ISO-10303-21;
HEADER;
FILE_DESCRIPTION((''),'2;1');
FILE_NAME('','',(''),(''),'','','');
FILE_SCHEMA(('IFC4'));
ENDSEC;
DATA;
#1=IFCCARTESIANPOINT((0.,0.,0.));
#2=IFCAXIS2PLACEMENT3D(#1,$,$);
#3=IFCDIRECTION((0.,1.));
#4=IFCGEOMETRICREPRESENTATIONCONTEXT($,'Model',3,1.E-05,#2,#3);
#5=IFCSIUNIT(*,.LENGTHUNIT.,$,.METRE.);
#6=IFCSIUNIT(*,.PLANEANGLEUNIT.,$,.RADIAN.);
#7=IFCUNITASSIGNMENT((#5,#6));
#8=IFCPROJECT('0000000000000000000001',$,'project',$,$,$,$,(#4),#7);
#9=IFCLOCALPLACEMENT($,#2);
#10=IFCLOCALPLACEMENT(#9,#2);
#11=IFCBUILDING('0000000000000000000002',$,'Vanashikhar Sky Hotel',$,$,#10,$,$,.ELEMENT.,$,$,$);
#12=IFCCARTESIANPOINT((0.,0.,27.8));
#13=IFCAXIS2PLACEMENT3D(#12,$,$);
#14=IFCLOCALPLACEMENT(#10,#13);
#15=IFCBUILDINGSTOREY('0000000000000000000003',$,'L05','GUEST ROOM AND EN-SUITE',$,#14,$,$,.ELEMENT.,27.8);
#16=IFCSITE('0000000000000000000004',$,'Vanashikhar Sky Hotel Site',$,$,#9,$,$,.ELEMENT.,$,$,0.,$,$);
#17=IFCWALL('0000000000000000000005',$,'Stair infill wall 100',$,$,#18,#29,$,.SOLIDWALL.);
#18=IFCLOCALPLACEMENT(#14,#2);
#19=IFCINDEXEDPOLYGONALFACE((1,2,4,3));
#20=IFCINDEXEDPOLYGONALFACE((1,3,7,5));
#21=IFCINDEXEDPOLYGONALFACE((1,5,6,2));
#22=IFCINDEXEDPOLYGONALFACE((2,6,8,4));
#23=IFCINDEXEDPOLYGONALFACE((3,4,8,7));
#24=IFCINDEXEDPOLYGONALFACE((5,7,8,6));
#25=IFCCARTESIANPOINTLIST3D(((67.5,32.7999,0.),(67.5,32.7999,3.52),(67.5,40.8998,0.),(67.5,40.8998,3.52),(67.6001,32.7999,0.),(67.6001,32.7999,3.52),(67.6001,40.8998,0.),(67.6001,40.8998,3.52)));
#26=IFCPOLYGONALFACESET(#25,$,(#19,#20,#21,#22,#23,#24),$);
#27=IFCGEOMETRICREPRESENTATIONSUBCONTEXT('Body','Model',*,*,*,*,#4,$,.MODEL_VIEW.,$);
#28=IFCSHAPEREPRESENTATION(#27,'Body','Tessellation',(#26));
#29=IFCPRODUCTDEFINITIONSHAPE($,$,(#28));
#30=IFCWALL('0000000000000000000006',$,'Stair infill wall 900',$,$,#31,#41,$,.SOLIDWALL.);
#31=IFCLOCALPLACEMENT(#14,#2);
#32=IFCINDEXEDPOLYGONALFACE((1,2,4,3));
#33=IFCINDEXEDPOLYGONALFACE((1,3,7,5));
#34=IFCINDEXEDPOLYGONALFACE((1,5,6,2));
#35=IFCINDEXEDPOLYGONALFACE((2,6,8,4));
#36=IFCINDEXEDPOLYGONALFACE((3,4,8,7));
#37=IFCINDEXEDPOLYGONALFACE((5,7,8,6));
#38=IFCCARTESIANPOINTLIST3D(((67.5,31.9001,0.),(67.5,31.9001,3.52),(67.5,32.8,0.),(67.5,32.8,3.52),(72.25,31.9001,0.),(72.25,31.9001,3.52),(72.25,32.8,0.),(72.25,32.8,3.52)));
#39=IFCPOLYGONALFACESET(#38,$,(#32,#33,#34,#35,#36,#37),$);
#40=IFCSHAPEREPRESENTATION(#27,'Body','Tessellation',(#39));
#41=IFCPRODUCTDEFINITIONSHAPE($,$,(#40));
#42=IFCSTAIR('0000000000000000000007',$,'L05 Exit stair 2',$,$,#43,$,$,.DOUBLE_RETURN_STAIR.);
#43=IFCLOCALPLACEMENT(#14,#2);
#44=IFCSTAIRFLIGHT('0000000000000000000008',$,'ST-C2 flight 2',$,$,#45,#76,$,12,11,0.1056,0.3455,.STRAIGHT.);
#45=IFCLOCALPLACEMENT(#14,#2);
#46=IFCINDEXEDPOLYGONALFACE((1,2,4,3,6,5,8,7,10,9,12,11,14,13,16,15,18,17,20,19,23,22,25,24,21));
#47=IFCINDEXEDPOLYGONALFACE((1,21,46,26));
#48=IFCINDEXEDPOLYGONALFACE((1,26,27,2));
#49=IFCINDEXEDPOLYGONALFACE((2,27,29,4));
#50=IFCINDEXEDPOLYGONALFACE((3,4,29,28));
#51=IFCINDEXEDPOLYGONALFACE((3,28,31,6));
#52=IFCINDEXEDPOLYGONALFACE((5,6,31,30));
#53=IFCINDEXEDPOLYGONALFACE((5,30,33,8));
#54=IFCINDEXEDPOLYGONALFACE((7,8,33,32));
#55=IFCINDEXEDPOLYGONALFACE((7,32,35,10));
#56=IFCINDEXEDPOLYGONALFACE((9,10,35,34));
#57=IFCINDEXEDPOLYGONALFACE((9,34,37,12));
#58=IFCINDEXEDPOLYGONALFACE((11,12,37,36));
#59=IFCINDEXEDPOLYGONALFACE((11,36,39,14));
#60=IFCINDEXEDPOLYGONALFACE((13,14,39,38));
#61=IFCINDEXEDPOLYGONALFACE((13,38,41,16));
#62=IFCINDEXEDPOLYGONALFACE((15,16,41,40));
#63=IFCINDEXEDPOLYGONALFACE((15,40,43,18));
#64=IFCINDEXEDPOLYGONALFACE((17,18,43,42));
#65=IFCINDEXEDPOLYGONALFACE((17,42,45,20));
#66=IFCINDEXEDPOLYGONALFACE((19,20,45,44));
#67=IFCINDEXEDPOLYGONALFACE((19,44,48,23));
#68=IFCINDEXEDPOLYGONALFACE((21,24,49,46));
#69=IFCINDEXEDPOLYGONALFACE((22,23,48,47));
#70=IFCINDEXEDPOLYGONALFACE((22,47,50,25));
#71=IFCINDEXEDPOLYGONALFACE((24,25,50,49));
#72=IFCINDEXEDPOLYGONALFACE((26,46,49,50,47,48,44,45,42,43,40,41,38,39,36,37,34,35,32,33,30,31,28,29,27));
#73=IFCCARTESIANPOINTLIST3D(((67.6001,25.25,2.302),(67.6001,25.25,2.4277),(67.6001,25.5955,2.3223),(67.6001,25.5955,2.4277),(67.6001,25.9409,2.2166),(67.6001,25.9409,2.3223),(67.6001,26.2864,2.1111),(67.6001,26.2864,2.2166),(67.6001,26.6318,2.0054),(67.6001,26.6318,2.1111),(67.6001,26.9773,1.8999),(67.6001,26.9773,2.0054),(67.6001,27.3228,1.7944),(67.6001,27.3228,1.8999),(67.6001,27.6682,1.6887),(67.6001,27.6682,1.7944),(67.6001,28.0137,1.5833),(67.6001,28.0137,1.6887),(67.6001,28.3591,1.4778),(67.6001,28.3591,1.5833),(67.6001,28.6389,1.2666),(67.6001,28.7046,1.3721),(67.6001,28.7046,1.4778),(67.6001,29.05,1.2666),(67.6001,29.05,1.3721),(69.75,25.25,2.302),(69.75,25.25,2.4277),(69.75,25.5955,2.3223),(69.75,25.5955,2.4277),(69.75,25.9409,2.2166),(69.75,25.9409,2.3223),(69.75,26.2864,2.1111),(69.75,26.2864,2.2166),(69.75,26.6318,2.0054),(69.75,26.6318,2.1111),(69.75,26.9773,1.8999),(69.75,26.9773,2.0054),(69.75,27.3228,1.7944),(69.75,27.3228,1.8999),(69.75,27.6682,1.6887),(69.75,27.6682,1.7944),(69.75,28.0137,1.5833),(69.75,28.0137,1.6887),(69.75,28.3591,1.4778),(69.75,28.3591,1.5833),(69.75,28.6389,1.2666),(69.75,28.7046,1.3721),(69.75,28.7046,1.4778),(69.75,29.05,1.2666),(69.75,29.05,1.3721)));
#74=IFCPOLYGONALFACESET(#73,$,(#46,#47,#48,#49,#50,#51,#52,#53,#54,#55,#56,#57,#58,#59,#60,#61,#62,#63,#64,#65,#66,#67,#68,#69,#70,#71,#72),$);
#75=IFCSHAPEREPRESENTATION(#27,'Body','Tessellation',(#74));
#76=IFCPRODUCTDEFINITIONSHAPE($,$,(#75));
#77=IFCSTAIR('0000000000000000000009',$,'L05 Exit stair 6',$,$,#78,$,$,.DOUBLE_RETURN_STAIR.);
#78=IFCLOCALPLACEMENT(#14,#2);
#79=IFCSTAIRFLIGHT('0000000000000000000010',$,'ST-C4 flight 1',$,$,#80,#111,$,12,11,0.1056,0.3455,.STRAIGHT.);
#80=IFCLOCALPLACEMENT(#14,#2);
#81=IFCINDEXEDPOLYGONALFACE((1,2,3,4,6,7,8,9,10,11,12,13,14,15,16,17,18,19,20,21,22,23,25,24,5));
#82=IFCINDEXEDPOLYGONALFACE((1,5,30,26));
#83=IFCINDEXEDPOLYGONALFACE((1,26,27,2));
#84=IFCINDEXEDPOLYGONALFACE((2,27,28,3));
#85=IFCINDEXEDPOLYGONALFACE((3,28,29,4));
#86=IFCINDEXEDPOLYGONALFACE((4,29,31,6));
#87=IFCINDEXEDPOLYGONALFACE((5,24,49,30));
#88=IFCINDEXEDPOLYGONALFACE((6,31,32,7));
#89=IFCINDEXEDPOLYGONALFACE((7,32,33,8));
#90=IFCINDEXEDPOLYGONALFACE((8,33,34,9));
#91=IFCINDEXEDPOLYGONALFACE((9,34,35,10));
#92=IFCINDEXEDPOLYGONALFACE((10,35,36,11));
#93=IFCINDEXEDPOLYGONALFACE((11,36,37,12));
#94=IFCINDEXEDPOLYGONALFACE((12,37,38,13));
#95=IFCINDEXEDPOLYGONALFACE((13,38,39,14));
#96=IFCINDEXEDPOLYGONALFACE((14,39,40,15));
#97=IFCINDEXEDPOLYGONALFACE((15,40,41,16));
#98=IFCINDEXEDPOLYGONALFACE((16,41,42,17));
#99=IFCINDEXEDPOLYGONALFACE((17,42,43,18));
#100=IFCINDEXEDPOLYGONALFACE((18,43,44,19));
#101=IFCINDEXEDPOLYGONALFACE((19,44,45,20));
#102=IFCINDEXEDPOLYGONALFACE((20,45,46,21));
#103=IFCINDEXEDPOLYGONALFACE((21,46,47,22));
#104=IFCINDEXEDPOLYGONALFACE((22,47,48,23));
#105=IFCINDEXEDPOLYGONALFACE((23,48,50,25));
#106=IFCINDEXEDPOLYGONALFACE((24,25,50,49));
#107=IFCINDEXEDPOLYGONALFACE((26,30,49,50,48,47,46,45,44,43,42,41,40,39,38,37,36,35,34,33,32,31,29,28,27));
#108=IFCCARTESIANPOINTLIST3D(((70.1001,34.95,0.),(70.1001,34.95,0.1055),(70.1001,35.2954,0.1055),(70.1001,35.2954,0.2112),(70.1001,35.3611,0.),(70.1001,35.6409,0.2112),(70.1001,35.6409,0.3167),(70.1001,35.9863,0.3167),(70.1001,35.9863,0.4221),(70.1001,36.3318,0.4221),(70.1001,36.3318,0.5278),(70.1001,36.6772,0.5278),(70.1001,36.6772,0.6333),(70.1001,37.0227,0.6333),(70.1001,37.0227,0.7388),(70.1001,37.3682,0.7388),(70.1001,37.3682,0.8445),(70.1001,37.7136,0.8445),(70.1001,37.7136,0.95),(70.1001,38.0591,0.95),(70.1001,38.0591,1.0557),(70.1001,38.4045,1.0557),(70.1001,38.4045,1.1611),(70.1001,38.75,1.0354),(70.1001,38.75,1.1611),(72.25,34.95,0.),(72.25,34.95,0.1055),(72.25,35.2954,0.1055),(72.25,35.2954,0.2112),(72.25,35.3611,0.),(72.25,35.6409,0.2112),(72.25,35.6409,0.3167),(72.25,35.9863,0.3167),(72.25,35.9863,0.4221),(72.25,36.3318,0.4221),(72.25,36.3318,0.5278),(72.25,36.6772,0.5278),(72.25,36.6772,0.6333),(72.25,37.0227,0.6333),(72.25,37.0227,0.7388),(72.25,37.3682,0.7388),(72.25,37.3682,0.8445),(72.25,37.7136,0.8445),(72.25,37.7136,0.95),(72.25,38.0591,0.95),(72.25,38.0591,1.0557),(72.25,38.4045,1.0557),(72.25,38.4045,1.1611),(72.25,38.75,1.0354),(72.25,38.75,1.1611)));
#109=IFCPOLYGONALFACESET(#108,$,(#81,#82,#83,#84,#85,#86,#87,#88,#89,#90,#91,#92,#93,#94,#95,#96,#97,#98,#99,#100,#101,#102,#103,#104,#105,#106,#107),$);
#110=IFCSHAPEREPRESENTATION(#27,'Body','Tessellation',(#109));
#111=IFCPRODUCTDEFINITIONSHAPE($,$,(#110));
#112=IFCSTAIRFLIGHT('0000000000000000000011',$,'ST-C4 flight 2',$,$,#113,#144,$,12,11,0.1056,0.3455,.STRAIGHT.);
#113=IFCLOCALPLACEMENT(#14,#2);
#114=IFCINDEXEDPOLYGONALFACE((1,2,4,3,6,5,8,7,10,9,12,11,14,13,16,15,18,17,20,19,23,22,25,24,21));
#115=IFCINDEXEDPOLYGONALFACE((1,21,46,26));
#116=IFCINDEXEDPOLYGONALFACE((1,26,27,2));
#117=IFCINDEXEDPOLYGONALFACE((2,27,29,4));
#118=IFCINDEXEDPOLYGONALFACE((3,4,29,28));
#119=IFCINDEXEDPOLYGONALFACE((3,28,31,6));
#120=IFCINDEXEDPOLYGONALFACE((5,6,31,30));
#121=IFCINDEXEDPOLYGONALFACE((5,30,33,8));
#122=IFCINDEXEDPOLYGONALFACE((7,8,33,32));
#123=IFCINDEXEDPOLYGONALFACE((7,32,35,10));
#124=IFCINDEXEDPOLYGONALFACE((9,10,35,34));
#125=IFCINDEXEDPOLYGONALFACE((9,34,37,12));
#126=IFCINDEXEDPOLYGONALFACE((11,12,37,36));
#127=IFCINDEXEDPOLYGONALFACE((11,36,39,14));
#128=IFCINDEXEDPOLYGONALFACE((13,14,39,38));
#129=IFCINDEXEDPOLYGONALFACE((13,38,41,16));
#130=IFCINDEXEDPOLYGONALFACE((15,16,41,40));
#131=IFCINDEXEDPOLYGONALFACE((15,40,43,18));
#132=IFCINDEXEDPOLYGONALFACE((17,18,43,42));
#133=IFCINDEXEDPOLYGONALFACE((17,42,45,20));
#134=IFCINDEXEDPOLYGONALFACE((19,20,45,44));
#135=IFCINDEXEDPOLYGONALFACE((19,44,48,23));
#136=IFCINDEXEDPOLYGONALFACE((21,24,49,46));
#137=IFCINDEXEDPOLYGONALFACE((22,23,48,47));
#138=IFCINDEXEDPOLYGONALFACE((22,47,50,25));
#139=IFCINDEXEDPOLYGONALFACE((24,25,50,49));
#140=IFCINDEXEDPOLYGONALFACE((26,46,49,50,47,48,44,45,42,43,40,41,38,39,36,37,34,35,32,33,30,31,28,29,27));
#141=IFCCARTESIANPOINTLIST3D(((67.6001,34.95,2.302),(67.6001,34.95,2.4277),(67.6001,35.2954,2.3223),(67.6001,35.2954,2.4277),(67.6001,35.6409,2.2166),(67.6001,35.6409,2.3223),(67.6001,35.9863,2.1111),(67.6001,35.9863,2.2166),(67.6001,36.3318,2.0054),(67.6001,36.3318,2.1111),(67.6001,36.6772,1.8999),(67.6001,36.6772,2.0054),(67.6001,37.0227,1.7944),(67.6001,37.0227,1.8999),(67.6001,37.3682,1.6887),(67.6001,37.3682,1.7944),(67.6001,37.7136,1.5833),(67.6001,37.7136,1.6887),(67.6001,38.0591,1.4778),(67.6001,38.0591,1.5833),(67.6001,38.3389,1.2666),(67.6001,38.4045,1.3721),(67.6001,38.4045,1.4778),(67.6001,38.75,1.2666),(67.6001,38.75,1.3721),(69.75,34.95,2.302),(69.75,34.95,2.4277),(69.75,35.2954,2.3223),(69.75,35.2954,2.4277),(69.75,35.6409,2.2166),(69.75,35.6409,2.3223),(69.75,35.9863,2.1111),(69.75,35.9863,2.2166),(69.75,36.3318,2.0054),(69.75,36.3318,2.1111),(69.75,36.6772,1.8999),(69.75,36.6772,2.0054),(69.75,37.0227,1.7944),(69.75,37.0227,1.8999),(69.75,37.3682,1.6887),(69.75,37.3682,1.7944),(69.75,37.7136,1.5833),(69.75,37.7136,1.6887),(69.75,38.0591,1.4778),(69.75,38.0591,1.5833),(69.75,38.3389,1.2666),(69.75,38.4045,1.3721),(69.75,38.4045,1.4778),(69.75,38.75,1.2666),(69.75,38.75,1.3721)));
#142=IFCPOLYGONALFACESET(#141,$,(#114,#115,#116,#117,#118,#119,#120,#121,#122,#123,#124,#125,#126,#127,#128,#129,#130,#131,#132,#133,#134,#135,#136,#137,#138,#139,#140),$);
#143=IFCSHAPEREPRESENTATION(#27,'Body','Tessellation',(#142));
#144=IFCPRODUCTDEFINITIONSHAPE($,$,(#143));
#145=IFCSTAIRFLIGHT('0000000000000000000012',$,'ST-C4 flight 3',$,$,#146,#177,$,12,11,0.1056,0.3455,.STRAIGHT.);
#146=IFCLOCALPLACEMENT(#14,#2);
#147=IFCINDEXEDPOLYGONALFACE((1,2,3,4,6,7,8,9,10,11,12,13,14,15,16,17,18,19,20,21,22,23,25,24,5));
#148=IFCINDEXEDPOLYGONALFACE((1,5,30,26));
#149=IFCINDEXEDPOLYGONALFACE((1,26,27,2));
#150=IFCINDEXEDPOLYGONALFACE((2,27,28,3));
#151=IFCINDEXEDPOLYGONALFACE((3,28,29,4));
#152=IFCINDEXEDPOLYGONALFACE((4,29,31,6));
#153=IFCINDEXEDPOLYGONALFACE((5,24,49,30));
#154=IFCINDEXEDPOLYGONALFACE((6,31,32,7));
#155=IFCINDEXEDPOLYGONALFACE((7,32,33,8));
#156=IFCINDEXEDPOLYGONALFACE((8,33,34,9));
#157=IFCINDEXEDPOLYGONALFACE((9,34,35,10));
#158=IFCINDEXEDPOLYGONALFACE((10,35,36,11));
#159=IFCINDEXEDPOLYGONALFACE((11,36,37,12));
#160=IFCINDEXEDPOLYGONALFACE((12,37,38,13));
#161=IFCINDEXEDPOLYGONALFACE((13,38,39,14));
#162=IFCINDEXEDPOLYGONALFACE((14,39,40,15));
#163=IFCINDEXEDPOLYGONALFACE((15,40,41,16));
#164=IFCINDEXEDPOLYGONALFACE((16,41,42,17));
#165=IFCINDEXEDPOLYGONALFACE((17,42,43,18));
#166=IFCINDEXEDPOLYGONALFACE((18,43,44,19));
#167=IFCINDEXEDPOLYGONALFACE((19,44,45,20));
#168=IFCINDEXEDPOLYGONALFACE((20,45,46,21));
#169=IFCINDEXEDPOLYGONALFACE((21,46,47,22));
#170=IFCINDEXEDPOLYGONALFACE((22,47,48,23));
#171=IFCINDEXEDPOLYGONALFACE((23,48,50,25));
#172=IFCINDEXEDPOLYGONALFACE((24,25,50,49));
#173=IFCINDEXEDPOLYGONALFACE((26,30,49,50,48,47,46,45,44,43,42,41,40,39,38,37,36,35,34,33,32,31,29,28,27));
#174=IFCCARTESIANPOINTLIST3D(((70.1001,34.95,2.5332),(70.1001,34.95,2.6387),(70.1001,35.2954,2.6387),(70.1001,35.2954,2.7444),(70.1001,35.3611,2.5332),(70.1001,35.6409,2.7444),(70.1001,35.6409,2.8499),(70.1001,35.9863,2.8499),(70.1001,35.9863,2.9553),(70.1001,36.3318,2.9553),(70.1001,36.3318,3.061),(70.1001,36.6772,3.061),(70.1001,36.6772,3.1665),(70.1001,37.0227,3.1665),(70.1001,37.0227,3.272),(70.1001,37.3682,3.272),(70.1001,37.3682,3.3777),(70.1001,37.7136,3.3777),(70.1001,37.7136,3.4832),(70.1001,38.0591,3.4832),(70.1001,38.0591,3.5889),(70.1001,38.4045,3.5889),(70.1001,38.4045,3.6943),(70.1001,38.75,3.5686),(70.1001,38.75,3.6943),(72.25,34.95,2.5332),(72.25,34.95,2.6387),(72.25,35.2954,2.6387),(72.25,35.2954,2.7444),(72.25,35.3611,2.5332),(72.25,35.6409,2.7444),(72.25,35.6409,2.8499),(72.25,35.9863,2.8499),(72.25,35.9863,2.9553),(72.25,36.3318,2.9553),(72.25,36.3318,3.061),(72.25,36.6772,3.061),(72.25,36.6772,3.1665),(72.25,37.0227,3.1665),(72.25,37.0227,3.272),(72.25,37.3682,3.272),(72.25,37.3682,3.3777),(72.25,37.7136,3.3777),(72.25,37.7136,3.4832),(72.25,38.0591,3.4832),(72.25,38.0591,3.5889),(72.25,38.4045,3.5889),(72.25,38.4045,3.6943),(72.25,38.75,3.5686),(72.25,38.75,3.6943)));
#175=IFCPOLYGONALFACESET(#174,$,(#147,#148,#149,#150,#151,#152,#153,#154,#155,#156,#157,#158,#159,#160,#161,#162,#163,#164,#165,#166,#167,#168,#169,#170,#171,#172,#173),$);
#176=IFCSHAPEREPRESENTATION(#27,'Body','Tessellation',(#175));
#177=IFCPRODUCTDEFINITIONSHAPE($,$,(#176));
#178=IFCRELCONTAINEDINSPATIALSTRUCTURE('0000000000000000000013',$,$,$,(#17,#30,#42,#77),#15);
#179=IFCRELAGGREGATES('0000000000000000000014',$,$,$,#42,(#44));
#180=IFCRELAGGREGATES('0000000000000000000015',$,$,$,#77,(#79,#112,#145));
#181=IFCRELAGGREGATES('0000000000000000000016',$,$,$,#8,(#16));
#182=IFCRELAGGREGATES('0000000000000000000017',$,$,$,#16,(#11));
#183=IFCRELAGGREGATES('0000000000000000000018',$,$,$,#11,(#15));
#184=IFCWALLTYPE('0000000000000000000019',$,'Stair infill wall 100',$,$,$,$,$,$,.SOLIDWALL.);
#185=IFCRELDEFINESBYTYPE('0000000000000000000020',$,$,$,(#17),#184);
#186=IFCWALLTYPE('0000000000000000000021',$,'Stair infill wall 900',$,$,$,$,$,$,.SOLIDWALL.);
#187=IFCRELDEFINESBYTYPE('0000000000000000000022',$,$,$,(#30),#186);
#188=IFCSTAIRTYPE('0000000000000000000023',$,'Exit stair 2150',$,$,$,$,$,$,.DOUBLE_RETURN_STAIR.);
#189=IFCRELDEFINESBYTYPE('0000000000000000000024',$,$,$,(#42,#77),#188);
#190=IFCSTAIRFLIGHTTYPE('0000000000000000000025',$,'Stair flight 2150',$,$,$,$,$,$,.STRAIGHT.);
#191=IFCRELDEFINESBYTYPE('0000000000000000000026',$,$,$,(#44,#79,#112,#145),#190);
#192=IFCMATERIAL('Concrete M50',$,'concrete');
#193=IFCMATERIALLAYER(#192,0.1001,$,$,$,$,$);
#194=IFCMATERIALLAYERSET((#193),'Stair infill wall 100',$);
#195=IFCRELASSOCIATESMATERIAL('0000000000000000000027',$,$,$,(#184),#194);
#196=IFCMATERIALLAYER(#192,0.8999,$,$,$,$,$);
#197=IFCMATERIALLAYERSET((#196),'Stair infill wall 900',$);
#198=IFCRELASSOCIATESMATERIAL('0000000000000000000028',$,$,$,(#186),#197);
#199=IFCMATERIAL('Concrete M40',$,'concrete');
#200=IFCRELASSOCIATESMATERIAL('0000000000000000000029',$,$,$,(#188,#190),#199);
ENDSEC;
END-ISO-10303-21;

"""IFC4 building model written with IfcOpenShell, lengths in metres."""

from ifc_helpers import new_model, si_unit, direction, frame, frame_2d, origin, place, context, subcontext, project, spatial, polyline, rectangle, outline, extrude, source, transform, mapped, material, layer, layer_set, type_object, element, aggregate, save


model = new_model("IFC4")

# Units and contexts
model_context = context("Model", 3, precision=1e-05, world=origin(), true_north=direction((0.0, 1.0)))
body_context = subcontext(model_context, "Body", "Model", "MODEL_VIEW")
ifc_project = project(units=[si_unit("LENGTHUNIT", "METRE"), si_unit("PLANEANGLEUNIT", "RADIAN")], contexts=[model_context])

# Site, building, storey
site_placement = place(None, origin())
site = spatial("IfcSite", under=ifc_project, at=site_placement, Name="Vanashikhar Sky Hotel Site", CompositionType="ELEMENT", RefElevation=0.0)
building_placement = place(site_placement, origin())
building = spatial("IfcBuilding", under=site, at=building_placement, Name="Vanashikhar Sky Hotel", CompositionType="ELEMENT")
storey_placement = place(building_placement, frame((0.0, 0.0, 27.8)))
storey = spatial("IfcBuildingStorey", under=building, at=storey_placement, Name="L05", Description="GUEST ROOM AND EN-SUITE", CompositionType="ELEMENT", Elevation=27.8)

# Walls
ifc_material_1 = material(Name="Concrete M50", Category="concrete")
ifc_layer_1 = layer(ifc_material_1, 0.1001)
ifc_layer_set_1 = layer_set([ifc_layer_1], Name="Stair infill wall 100")
wall_type_1 = type_object("IfcWallType", Name="Stair infill wall 100", PredefinedType="SOLIDWALL", material=ifc_layer_set_1)
shared_shape_1 = source(origin(), body_context, "Body", "SweptSolid", [
    extrude(rectangle(XDim=8.0999, YDim=0.1001, at=frame_2d((4.0498, 0.0))), origin(), (0.0, 0.0, 1.0), 3.52),
])
wall_1_placement = place(storey_placement, frame((67.55, 32.8, 0.0), z_axis=(0.0, 0.0, 1.0), x_axis=(0.0, 1.0, 0.0)))
element("IfcWall", 1, at=wall_1_placement, inside=storey, type_object=wall_type_1, Name="Stair infill wall 100", PredefinedType="SOLIDWALL", context=body_context, shape_type="MappedRepresentation", body=[
    mapped(shared_shape_1, transform((0.0, 0.0, 0.0), scale=1.0)),
])
ifc_layer_2 = layer(ifc_material_1, 0.8999)
ifc_layer_set_2 = layer_set([ifc_layer_2], Name="Stair infill wall 900")
wall_type_2 = type_object("IfcWallType", Name="Stair infill wall 900", PredefinedType="SOLIDWALL", material=ifc_layer_set_2)
shared_shape_2 = source(origin(), body_context, "Body", "SweptSolid", [
    extrude(rectangle(XDim=4.75, YDim=0.8999, at=frame_2d((2.375, 0.0))), origin(), (0.0, 0.0, 1.0), 3.52),
])
wall_2_placement = place(storey_placement, frame((67.5, 32.3501, 0.0), z_axis=(0.0, 0.0, 1.0), x_axis=(1.0, 0.0, 0.0)))
element("IfcWall", 2, at=wall_2_placement, inside=storey, type_object=wall_type_2, Name="Stair infill wall 900", PredefinedType="SOLIDWALL", context=body_context, shape_type="MappedRepresentation", body=[
    mapped(shared_shape_2, transform((0.0, 0.0, 0.0), scale=1.0)),
])

# Stair, stair flight
ifc_material_2 = material(Name="Concrete M40", Category="concrete")
stair_type = type_object("IfcStairType", Name="Exit stair 2150", PredefinedType="DOUBLE_RETURN_STAIR", material=ifc_material_2)
stair_1_placement = place(storey_placement, origin())
stair_1 = element("IfcStair", 3, at=stair_1_placement, inside=storey, type_object=stair_type, Name="L05 Exit stair 2", PredefinedType="DOUBLE_RETURN_STAIR")
stair_flight_type = type_object("IfcStairFlightType", Name="Stair flight 2150", PredefinedType="STRAIGHT", material=ifc_material_2)
shared_shape_3 = source(origin(), body_context, "Body", "SweptSolid", [
    extrude(outline(polyline([(0.0, 0.0), (0.0, 0.1055), (0.3455, 0.1055), (0.3455, 0.2112), (0.6909, 0.2112), (0.6909, 0.3167), (1.0364, 0.3167), (1.0364, 0.4221), (1.3818, 0.4221), (1.3818, 0.5278), (1.7273, 0.5278), (1.7273, 0.6333), (2.0728, 0.6333), (2.0728, 0.7388), (2.4182, 0.7388), (2.4182, 0.8445), (2.7637, 0.8445), (2.7637, 0.95), (3.1091, 0.95), (3.1091, 1.0557), (3.4546, 1.0557), (3.4546, 1.1611), (3.8, 1.1611), (3.8, 1.2666), (3.8, 1.0354), (0.4111, 0.0), (0.0, 0.0)])), frame((0.0, 1.075, 0.0), z_axis=(0.0, -1.0, 0.0), x_axis=(1.0, 0.0, 0.0)), (0.0, 0.0, 1.0), 2.1499),
])
stair_flight_1_placement = place(storey_placement, frame((68.675, 29.05, 1.2666), z_axis=(0.0, 0.0, 1.0), x_axis=(0.0, -1.0, 0.0)))
stair_flight_1 = element("IfcStairFlight", 4, at=stair_flight_1_placement, type_object=stair_flight_type, Name="ST-C2 flight 2", NumberOfRisers=12, NumberOfTreads=11, PredefinedType="STRAIGHT", RiserHeight=0.1056, TreadLength=0.3455, context=body_context, shape_type="MappedRepresentation", body=[
    mapped(shared_shape_3, transform((0.0, 0.0, 0.0), scale=1.0)),
])
aggregate(stair_1, [stair_flight_1])

# Stair, stair flights
stair_2_placement = place(storey_placement, origin())
stair_2 = element("IfcStair", 5, at=stair_2_placement, inside=storey, type_object=stair_type, Name="L05 Exit stair 6", PredefinedType="DOUBLE_RETURN_STAIR")
stair_flight_2_placement = place(storey_placement, frame((71.175, 34.95, 0.0), z_axis=(0.0, 0.0, 1.0), x_axis=(0.0, 1.0, 0.0)))
stair_flight_2 = element("IfcStairFlight", 6, at=stair_flight_2_placement, type_object=stair_flight_type, Name="ST-C4 flight 1", NumberOfRisers=12, NumberOfTreads=11, PredefinedType="STRAIGHT", RiserHeight=0.1056, TreadLength=0.3455, context=body_context, shape_type="MappedRepresentation", body=[
    mapped(shared_shape_3, transform((0.0, 0.0, 0.0), scale=1.0)),
])
stair_flight_3_placement = place(storey_placement, frame((68.675, 38.75, 1.2666), z_axis=(0.0, 0.0, 1.0), x_axis=(0.0, -1.0, 0.0)))
stair_flight_3 = element("IfcStairFlight", 7, at=stair_flight_3_placement, type_object=stair_flight_type, Name="ST-C4 flight 2", NumberOfRisers=12, NumberOfTreads=11, PredefinedType="STRAIGHT", RiserHeight=0.1056, TreadLength=0.3455, context=body_context, shape_type="MappedRepresentation", body=[
    mapped(shared_shape_3, transform((0.0, 0.0, 0.0), scale=1.0)),
])
stair_flight_4_placement = place(storey_placement, frame((71.175, 34.95, 2.5332), z_axis=(0.0, 0.0, 1.0), x_axis=(0.0, 1.0, 0.0)))
stair_flight_4 = element("IfcStairFlight", 8, at=stair_flight_4_placement, type_object=stair_flight_type, Name="ST-C4 flight 3", NumberOfRisers=12, NumberOfTreads=11, PredefinedType="STRAIGHT", RiserHeight=0.1056, TreadLength=0.3455, context=body_context, shape_type="MappedRepresentation", body=[
    mapped(shared_shape_3, transform((0.0, 0.0, 0.0), scale=1.0)),
])
aggregate(stair_2, [stair_flight_2, stair_flight_3, stair_flight_4])

save(model, "model.ifc")
